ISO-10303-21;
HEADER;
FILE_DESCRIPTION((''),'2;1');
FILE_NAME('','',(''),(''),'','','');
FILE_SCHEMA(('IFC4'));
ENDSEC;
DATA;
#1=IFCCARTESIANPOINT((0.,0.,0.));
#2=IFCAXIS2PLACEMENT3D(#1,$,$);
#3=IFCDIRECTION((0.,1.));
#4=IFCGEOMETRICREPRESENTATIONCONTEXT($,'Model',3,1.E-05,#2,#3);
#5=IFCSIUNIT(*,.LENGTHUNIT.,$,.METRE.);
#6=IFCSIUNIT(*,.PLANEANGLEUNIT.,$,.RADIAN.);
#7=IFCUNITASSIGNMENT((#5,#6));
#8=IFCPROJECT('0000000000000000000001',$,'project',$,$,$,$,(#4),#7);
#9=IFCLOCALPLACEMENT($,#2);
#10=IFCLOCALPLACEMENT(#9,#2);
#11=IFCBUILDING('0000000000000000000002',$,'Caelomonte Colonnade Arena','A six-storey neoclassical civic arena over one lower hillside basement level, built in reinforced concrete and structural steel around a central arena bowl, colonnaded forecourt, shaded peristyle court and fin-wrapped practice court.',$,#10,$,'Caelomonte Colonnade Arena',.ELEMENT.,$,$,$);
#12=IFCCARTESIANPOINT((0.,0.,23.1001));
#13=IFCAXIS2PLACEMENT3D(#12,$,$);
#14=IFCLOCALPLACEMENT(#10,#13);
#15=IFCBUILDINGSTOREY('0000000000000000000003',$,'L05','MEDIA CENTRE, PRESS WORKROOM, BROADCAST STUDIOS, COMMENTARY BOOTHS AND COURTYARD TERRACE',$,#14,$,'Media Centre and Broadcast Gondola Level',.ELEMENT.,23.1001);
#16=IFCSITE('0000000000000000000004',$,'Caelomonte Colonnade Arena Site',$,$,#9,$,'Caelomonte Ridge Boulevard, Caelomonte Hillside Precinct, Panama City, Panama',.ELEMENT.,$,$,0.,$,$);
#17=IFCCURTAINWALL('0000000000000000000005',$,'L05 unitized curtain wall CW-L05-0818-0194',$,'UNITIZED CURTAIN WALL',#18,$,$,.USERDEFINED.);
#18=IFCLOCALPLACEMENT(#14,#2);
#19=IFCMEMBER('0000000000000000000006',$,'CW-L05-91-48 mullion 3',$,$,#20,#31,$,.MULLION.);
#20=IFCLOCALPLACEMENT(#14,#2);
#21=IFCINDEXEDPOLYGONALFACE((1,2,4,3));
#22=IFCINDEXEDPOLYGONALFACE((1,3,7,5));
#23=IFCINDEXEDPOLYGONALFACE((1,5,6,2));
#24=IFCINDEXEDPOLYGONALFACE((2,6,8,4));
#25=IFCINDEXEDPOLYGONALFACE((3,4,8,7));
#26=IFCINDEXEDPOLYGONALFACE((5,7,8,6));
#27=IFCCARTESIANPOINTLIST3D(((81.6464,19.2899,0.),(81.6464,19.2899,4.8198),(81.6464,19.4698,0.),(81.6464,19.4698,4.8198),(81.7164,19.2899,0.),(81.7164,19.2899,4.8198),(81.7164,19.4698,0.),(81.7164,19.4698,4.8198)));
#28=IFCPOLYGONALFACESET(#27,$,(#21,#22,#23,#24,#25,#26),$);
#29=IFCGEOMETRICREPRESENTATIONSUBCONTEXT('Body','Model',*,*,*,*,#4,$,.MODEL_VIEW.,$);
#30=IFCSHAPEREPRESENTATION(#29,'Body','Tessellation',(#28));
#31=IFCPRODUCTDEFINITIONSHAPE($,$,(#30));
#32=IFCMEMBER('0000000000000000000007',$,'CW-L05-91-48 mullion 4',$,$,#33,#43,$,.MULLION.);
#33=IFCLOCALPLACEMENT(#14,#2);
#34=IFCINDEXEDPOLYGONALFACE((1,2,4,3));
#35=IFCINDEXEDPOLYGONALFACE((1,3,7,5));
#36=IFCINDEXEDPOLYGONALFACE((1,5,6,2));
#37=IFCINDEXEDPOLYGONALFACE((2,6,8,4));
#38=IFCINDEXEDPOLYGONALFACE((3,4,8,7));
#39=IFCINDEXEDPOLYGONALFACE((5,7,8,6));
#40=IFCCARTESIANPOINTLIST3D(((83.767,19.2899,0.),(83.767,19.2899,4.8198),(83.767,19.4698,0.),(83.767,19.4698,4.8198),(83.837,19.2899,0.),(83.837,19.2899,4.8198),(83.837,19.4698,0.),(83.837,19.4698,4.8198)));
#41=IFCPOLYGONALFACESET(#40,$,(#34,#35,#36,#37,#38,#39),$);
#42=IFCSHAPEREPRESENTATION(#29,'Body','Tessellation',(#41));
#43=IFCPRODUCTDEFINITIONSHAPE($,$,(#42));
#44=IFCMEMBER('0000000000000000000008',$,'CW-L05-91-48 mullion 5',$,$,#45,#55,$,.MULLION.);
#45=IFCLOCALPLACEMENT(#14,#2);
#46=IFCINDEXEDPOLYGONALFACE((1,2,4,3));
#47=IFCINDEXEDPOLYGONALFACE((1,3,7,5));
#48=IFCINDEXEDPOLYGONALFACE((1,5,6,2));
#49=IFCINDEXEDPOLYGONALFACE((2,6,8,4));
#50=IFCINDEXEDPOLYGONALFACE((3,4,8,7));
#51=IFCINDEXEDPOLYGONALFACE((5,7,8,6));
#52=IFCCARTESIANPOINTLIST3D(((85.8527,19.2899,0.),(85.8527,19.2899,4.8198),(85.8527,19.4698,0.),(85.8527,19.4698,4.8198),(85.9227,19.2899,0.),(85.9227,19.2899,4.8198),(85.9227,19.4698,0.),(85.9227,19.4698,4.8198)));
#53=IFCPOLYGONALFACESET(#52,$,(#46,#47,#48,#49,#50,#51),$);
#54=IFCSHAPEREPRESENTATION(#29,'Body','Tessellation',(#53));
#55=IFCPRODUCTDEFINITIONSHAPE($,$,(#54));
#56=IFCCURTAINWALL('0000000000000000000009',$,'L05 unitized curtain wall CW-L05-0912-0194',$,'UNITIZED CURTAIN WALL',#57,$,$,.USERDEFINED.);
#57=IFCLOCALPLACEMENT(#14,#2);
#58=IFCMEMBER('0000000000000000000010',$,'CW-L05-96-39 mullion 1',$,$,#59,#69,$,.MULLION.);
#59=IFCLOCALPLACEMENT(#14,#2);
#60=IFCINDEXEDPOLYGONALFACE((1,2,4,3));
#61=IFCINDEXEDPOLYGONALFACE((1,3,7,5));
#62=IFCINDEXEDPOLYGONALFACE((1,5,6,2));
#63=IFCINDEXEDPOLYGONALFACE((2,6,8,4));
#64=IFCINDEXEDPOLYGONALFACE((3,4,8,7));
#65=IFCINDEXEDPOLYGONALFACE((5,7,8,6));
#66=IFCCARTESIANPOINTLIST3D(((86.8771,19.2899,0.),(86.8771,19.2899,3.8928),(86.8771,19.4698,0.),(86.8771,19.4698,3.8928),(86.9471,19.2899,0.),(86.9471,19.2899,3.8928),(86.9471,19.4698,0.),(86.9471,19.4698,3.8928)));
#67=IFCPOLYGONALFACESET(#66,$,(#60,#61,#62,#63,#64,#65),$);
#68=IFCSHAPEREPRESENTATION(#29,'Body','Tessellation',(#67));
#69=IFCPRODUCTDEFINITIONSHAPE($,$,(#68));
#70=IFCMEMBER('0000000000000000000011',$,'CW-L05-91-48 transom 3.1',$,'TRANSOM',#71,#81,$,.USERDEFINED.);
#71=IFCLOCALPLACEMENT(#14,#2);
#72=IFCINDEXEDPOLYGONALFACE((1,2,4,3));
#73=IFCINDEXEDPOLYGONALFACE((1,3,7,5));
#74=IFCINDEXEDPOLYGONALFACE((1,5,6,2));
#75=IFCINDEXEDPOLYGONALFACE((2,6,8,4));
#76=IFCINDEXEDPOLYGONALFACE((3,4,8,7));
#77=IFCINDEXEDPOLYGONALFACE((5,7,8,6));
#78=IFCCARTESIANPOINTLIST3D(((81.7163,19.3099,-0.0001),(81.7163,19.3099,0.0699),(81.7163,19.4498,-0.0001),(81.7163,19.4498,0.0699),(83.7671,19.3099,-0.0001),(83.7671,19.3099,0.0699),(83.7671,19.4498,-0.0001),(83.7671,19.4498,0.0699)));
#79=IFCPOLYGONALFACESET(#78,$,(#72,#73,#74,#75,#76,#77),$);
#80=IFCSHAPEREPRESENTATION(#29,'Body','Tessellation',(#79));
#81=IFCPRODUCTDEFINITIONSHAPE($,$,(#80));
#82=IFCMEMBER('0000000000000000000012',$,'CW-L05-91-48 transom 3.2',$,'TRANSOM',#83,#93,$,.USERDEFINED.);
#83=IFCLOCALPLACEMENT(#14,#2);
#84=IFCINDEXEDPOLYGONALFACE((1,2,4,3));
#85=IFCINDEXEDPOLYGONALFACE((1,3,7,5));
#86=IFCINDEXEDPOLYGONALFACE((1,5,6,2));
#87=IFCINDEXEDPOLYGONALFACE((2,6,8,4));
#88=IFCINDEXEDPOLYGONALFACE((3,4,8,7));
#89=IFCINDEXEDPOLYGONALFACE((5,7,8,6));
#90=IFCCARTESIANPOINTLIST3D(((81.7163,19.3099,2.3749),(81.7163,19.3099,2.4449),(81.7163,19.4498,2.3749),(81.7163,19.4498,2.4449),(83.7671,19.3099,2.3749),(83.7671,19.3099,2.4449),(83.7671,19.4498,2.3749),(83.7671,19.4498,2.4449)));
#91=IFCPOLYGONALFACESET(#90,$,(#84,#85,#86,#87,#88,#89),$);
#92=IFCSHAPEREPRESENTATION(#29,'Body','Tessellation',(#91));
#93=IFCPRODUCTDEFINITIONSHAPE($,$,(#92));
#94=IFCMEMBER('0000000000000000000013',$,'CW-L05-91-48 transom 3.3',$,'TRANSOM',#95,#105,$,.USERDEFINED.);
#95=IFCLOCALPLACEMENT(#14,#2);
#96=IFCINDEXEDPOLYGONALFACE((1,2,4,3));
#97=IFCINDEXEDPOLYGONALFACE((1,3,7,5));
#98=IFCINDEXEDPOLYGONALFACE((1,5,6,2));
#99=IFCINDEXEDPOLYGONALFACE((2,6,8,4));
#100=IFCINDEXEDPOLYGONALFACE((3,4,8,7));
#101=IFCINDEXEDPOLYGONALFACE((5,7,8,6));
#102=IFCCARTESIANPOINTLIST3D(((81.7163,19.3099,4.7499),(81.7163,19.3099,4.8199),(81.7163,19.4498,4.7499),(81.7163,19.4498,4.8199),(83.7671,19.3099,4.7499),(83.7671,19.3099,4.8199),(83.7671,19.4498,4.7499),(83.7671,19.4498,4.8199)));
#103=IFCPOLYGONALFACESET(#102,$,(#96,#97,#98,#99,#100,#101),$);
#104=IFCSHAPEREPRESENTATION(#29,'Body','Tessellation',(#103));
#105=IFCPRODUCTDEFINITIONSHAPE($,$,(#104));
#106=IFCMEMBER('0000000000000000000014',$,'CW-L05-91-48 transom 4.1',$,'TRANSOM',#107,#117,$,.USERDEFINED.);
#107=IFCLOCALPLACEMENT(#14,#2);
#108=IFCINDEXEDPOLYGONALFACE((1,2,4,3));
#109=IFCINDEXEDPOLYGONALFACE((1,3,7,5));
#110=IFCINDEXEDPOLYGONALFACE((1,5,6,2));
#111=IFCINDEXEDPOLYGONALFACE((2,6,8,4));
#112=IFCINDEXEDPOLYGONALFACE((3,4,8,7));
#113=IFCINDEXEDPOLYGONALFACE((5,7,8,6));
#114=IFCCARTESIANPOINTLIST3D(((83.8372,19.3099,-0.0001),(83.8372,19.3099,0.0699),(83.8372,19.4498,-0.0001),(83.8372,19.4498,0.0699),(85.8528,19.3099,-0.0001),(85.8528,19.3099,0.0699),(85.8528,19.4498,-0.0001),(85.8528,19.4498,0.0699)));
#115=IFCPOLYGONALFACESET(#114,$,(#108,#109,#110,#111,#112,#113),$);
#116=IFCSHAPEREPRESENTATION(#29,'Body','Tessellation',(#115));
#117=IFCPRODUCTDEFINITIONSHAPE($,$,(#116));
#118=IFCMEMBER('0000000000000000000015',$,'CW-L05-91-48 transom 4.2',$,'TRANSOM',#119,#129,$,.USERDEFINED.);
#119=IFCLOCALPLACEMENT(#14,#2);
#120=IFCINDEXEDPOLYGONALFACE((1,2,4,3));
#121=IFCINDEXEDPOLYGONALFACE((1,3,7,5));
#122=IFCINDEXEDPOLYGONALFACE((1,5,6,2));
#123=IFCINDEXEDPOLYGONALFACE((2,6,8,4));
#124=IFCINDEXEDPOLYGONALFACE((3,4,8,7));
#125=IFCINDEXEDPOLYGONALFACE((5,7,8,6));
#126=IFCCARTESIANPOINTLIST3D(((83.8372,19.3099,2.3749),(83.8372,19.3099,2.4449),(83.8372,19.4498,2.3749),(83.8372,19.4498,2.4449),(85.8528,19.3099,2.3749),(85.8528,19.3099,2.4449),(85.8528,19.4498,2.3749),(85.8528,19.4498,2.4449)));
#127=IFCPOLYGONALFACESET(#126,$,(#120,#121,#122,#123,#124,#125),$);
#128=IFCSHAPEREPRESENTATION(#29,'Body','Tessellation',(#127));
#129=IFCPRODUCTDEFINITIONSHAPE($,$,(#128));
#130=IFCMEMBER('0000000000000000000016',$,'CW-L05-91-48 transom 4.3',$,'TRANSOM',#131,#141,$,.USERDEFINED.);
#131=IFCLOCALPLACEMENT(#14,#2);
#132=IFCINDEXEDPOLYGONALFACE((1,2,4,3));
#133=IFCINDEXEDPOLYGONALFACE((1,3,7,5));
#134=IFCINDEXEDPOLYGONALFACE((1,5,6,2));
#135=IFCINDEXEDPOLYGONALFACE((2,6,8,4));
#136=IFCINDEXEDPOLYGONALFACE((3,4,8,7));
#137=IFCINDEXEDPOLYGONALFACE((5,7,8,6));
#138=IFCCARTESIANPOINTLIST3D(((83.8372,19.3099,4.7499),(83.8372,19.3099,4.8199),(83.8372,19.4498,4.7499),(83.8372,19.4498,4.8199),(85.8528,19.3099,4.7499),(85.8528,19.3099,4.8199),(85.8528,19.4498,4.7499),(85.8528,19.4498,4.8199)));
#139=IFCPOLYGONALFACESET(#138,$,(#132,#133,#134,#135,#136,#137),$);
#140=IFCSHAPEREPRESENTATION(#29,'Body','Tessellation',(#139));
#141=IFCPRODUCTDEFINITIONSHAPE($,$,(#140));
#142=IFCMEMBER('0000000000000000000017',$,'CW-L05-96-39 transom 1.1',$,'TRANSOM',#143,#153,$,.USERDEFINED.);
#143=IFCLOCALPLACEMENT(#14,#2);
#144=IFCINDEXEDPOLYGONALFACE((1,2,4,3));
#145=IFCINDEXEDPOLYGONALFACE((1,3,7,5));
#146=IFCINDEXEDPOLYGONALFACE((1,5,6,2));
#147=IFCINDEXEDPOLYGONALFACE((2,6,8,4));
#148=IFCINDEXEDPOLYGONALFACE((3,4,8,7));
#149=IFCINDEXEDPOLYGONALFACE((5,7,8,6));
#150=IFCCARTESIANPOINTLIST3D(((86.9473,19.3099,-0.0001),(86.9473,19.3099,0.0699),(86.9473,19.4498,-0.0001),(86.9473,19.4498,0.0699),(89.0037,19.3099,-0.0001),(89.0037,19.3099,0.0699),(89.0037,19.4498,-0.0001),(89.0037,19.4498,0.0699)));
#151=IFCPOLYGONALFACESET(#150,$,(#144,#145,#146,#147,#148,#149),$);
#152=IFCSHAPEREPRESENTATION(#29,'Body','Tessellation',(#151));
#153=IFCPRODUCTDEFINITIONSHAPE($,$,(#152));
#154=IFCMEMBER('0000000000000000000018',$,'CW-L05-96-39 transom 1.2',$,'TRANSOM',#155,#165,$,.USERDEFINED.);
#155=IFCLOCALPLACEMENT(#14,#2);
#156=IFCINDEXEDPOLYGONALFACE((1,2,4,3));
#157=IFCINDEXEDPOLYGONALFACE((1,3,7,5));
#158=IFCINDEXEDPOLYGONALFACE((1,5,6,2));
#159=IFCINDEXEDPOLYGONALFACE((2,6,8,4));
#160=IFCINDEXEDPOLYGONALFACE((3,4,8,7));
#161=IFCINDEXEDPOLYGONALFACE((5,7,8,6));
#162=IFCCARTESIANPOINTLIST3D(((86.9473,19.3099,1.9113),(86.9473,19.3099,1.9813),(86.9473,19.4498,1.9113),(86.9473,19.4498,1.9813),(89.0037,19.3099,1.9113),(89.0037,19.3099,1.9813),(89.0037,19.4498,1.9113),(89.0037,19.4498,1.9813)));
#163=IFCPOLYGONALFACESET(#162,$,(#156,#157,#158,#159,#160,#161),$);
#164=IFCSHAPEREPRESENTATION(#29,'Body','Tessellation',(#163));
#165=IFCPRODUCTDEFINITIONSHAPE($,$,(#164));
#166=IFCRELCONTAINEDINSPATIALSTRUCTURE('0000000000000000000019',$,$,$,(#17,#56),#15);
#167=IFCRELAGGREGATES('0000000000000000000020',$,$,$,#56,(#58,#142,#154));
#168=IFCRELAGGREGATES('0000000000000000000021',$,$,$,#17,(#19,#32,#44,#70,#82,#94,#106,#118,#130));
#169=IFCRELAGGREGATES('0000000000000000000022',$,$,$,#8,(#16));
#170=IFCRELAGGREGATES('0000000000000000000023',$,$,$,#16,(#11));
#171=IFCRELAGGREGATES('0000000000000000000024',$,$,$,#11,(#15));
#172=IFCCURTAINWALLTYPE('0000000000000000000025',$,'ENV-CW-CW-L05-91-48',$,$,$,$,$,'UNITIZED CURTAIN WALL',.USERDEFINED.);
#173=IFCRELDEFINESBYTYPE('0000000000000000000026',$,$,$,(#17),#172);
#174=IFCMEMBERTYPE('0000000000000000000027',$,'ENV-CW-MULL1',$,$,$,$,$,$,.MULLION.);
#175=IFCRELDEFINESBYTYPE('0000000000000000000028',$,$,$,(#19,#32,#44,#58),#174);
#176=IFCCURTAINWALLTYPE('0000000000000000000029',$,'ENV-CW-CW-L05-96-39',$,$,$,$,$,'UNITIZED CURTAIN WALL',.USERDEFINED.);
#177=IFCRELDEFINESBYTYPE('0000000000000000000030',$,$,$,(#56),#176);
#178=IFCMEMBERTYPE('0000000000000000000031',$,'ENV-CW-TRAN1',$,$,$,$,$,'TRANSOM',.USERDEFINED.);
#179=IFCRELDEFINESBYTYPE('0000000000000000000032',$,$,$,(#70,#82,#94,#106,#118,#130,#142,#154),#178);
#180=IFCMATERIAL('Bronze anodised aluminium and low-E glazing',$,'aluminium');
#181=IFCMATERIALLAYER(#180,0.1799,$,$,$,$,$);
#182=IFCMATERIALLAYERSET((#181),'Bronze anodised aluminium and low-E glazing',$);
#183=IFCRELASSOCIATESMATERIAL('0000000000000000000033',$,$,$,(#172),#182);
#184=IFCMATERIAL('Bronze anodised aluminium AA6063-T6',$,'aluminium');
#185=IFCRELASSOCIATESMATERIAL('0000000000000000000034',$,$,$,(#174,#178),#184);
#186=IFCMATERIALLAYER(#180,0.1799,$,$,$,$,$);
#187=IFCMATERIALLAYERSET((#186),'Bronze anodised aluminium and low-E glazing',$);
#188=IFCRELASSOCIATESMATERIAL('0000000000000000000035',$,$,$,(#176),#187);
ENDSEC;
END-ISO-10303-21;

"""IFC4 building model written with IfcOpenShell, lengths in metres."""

from ifc_helpers import new_model, si_unit, direction, frame, origin, origin_2d, place, context, subcontext, project, spatial, rectangle, extrude, material, layer, layer_set, material_profile, profile_set, type_object, element, aggregate, save


model = new_model("IFC4")

# Units and contexts
model_context = context("Model", 3, precision=1e-05, world=origin(), true_north=direction((0.0, 1.0)))
body_context = subcontext(model_context, "Body", "Model", "MODEL_VIEW")
ifc_project = project(units=[si_unit("LENGTHUNIT", "METRE"), si_unit("PLANEANGLEUNIT", "RADIAN")], contexts=[model_context])

# Site, building, storey
site_placement = place(None, origin())
site = spatial("IfcSite", under=ifc_project, at=site_placement, Name="Caelomonte Colonnade Arena Site", LongName="Caelomonte Ridge Boulevard, Caelomonte Hillside Precinct, Panama City, Panama", CompositionType="ELEMENT", RefElevation=0.0)
building_placement = place(site_placement, origin())
building = spatial("IfcBuilding", under=site, at=building_placement, Name="Caelomonte Colonnade Arena", Description="A six-storey neoclassical civic arena over one lower hillside basement level, built in reinforced concrete and structural steel around a central arena bowl, colonnaded forecourt, shaded peristyle court and fin-wrapped practice court.", LongName="Caelomonte Colonnade Arena", CompositionType="ELEMENT")
storey_placement = place(building_placement, frame((0.0, 0.0, 23.1001)))
storey = spatial("IfcBuildingStorey", under=building, at=storey_placement, Name="L05", Description="MEDIA CENTRE, PRESS WORKROOM, BROADCAST STUDIOS, COMMENTARY BOOTHS AND COURTYARD TERRACE", LongName="Media Centre and Broadcast Gondola Level", CompositionType="ELEMENT", Elevation=23.1001)

# Curtain wall, members
ifc_material_1 = material(Name="Bronze anodised aluminium and low-E glazing", Category="aluminium")
ifc_layer_1 = layer(ifc_material_1, 0.1799)
ifc_layer_set_1 = layer_set([ifc_layer_1], Name="Bronze anodised aluminium and low-E glazing")
curtain_wall_type_1 = type_object("IfcCurtainWallType", Name="ENV-CW-CW-L05-91-48", ElementType="UNITIZED CURTAIN WALL", PredefinedType="USERDEFINED", material=ifc_layer_set_1)
curtain_wall_1_placement = place(storey_placement, origin())
curtain_wall_1 = element("IfcCurtainWall", 1, at=curtain_wall_1_placement, inside=storey, type_object=curtain_wall_type_1, Name="L05 unitized curtain wall CW-L05-0818-0194", ObjectType="UNITIZED CURTAIN WALL", PredefinedType="USERDEFINED")
ifc_material_2 = material(Name="Bronze anodised aluminium AA6063-T6", Category="aluminium")
ifc_material_profile_1 = material_profile(ifc_material_2, rectangle(XDim=0.0701, YDim=0.1799, at=origin_2d()), Name="CWM-70X180")
ifc_profile_set_1 = profile_set([ifc_material_profile_1], Name="Bronze anodised aluminium AA6063-T6")
member_type_1 = type_object("IfcMemberType", Name="ENV-CW-MULL1", PredefinedType="MULLION", material=ifc_profile_set_1)
member_1_placement = place(storey_placement, frame((81.6814, 19.3799, 0.0), z_axis=(0.0, 0.0, 1.0), x_axis=(1.0, 0.0, 0.0)))
member_1 = element("IfcMember", 2, at=member_1_placement, type_object=member_type_1, Name="CW-L05-91-48 mullion 3", PredefinedType="MULLION", context=body_context, shape_type="SweptSolid", body=[
    extrude(rectangle(XDim=0.0701, YDim=0.1799, at=origin_2d()), origin(), (0.0, 0.0, 1.0), 4.8198),
])
member_2_placement = place(storey_placement, frame((83.802, 19.3799, 0.0), z_axis=(0.0, 0.0, 1.0), x_axis=(1.0, 0.0, 0.0)))
member_2 = element("IfcMember", 3, at=member_2_placement, type_object=member_type_1, Name="CW-L05-91-48 mullion 4", PredefinedType="MULLION", context=body_context, shape_type="SweptSolid", body=[
    extrude(rectangle(XDim=0.0701, YDim=0.1799, at=origin_2d()), origin(), (0.0, 0.0, 1.0), 4.8198),
])
member_3_placement = place(storey_placement, frame((85.8877, 19.3799, 0.0), z_axis=(0.0, 0.0, 1.0), x_axis=(1.0, 0.0, 0.0)))
member_3 = element("IfcMember", 4, at=member_3_placement, type_object=member_type_1, Name="CW-L05-91-48 mullion 5", PredefinedType="MULLION", context=body_context, shape_type="SweptSolid", body=[
    extrude(rectangle(XDim=0.0701, YDim=0.1799, at=origin_2d()), origin(), (0.0, 0.0, 1.0), 4.8198),
])

# Curtain wall, member
ifc_layer_2 = layer(ifc_material_1, 0.1799)
ifc_layer_set_2 = layer_set([ifc_layer_2], Name="Bronze anodised aluminium and low-E glazing")
curtain_wall_type_2 = type_object("IfcCurtainWallType", Name="ENV-CW-CW-L05-96-39", ElementType="UNITIZED CURTAIN WALL", PredefinedType="USERDEFINED", material=ifc_layer_set_2)
curtain_wall_2_placement = place(storey_placement, origin())
curtain_wall_2 = element("IfcCurtainWall", 5, at=curtain_wall_2_placement, inside=storey, type_object=curtain_wall_type_2, Name="L05 unitized curtain wall CW-L05-0912-0194", ObjectType="UNITIZED CURTAIN WALL", PredefinedType="USERDEFINED")
member_4_placement = place(storey_placement, frame((86.9121, 19.3799, 0.0), z_axis=(0.0, 0.0, 1.0), x_axis=(1.0, 0.0, 0.0)))
member_4 = element("IfcMember", 6, at=member_4_placement, type_object=member_type_1, Name="CW-L05-96-39 mullion 1", PredefinedType="MULLION", context=body_context, shape_type="SweptSolid", body=[
    extrude(rectangle(XDim=0.0701, YDim=0.1799, at=origin_2d()), origin(), (0.0, 0.0, 1.0), 3.8928),
])

# Members
ifc_material_profile_2 = material_profile(ifc_material_2, rectangle(XDim=0.0701, YDim=0.1399, at=origin_2d()), Name="CWT-70X140")
ifc_profile_set_2 = profile_set([ifc_material_profile_2], Name="Bronze anodised aluminium AA6063-T6")
member_type_2 = type_object("IfcMemberType", Name="ENV-CW-TRAN1", ElementType="TRANSOM", PredefinedType="USERDEFINED", material=ifc_profile_set_2)
member_5_placement = place(storey_placement, frame((81.7163, 19.3799, 0.0349), z_axis=(1.0, 0.0, 0.0), x_axis=(0.0, 0.0, 1.0)))
member_5 = element("IfcMember", 7, at=member_5_placement, type_object=member_type_2, Name="CW-L05-91-48 transom 3.1", ObjectType="TRANSOM", PredefinedType="USERDEFINED", context=body_context, shape_type="SweptSolid", body=[
    extrude(rectangle(XDim=0.0701, YDim=0.1399, at=origin_2d()), origin(), (0.0, 0.0, 1.0), 2.0508),
])
member_6_placement = place(storey_placement, frame((81.7163, 19.3799, 2.4099), z_axis=(1.0, 0.0, 0.0), x_axis=(0.0, 0.0, 1.0)))
member_6 = element("IfcMember", 8, at=member_6_placement, type_object=member_type_2, Name="CW-L05-91-48 transom 3.2", ObjectType="TRANSOM", PredefinedType="USERDEFINED", context=body_context, shape_type="SweptSolid", body=[
    extrude(rectangle(XDim=0.0701, YDim=0.1399, at=origin_2d()), origin(), (0.0, 0.0, 1.0), 2.0508),
])
member_7_placement = place(storey_placement, frame((81.7163, 19.3799, 4.7849), z_axis=(1.0, 0.0, 0.0), x_axis=(0.0, 0.0, 1.0)))
member_7 = element("IfcMember", 9, at=member_7_placement, type_object=member_type_2, Name="CW-L05-91-48 transom 3.3", ObjectType="TRANSOM", PredefinedType="USERDEFINED", context=body_context, shape_type="SweptSolid", body=[
    extrude(rectangle(XDim=0.0701, YDim=0.1399, at=origin_2d()), origin(), (0.0, 0.0, 1.0), 2.0508),
])
member_8_placement = place(storey_placement, frame((83.8372, 19.3799, 0.0349), z_axis=(1.0, 0.0, 0.0), x_axis=(0.0, 0.0, 1.0)))
member_8 = element("IfcMember", 10, at=member_8_placement, type_object=member_type_2, Name="CW-L05-91-48 transom 4.1", ObjectType="TRANSOM", PredefinedType="USERDEFINED", context=body_context, shape_type="SweptSolid", body=[
    extrude(rectangle(XDim=0.0701, YDim=0.1399, at=origin_2d()), origin(), (0.0, 0.0, 1.0), 2.0156),
])
member_9_placement = place(storey_placement, frame((83.8372, 19.3799, 2.4099), z_axis=(1.0, 0.0, 0.0), x_axis=(0.0, 0.0, 1.0)))
member_9 = element("IfcMember", 11, at=member_9_placement, type_object=member_type_2, Name="CW-L05-91-48 transom 4.2", ObjectType="TRANSOM", PredefinedType="USERDEFINED", context=body_context, shape_type="SweptSolid", body=[
    extrude(rectangle(XDim=0.0701, YDim=0.1399, at=origin_2d()), origin(), (0.0, 0.0, 1.0), 2.0156),
])
member_10_placement = place(storey_placement, frame((83.8372, 19.3799, 4.7849), z_axis=(1.0, 0.0, 0.0), x_axis=(0.0, 0.0, 1.0)))
member_10 = element("IfcMember", 12, at=member_10_placement, type_object=member_type_2, Name="CW-L05-91-48 transom 4.3", ObjectType="TRANSOM", PredefinedType="USERDEFINED", context=body_context, shape_type="SweptSolid", body=[
    extrude(rectangle(XDim=0.0701, YDim=0.1399, at=origin_2d()), origin(), (0.0, 0.0, 1.0), 2.0156),
])
member_11_placement = place(storey_placement, frame((86.9473, 19.3799, 0.0349), z_axis=(1.0, 0.0, 0.0), x_axis=(0.0, 0.0, 1.0)))
member_11 = element("IfcMember", 13, at=member_11_placement, type_object=member_type_2, Name="CW-L05-96-39 transom 1.1", ObjectType="TRANSOM", PredefinedType="USERDEFINED", context=body_context, shape_type="SweptSolid", body=[
    extrude(rectangle(XDim=0.0701, YDim=0.1399, at=origin_2d()), origin(), (0.0, 0.0, 1.0), 2.0564),
])
member_12_placement = place(storey_placement, frame((86.9473, 19.3799, 1.9463), z_axis=(1.0, 0.0, 0.0), x_axis=(0.0, 0.0, 1.0)))
member_12 = element("IfcMember", 14, at=member_12_placement, type_object=member_type_2, Name="CW-L05-96-39 transom 1.2", ObjectType="TRANSOM", PredefinedType="USERDEFINED", context=body_context, shape_type="SweptSolid", body=[
    extrude(rectangle(XDim=0.0701, YDim=0.1399, at=origin_2d()), origin(), (0.0, 0.0, 1.0), 2.0564),
])
aggregate(curtain_wall_2, [member_4, member_11, member_12])

aggregate(curtain_wall_1, [member_1, member_2, member_3, member_5, member_6, member_7, member_8, member_9, member_10])

save(model, "model.ifc")
